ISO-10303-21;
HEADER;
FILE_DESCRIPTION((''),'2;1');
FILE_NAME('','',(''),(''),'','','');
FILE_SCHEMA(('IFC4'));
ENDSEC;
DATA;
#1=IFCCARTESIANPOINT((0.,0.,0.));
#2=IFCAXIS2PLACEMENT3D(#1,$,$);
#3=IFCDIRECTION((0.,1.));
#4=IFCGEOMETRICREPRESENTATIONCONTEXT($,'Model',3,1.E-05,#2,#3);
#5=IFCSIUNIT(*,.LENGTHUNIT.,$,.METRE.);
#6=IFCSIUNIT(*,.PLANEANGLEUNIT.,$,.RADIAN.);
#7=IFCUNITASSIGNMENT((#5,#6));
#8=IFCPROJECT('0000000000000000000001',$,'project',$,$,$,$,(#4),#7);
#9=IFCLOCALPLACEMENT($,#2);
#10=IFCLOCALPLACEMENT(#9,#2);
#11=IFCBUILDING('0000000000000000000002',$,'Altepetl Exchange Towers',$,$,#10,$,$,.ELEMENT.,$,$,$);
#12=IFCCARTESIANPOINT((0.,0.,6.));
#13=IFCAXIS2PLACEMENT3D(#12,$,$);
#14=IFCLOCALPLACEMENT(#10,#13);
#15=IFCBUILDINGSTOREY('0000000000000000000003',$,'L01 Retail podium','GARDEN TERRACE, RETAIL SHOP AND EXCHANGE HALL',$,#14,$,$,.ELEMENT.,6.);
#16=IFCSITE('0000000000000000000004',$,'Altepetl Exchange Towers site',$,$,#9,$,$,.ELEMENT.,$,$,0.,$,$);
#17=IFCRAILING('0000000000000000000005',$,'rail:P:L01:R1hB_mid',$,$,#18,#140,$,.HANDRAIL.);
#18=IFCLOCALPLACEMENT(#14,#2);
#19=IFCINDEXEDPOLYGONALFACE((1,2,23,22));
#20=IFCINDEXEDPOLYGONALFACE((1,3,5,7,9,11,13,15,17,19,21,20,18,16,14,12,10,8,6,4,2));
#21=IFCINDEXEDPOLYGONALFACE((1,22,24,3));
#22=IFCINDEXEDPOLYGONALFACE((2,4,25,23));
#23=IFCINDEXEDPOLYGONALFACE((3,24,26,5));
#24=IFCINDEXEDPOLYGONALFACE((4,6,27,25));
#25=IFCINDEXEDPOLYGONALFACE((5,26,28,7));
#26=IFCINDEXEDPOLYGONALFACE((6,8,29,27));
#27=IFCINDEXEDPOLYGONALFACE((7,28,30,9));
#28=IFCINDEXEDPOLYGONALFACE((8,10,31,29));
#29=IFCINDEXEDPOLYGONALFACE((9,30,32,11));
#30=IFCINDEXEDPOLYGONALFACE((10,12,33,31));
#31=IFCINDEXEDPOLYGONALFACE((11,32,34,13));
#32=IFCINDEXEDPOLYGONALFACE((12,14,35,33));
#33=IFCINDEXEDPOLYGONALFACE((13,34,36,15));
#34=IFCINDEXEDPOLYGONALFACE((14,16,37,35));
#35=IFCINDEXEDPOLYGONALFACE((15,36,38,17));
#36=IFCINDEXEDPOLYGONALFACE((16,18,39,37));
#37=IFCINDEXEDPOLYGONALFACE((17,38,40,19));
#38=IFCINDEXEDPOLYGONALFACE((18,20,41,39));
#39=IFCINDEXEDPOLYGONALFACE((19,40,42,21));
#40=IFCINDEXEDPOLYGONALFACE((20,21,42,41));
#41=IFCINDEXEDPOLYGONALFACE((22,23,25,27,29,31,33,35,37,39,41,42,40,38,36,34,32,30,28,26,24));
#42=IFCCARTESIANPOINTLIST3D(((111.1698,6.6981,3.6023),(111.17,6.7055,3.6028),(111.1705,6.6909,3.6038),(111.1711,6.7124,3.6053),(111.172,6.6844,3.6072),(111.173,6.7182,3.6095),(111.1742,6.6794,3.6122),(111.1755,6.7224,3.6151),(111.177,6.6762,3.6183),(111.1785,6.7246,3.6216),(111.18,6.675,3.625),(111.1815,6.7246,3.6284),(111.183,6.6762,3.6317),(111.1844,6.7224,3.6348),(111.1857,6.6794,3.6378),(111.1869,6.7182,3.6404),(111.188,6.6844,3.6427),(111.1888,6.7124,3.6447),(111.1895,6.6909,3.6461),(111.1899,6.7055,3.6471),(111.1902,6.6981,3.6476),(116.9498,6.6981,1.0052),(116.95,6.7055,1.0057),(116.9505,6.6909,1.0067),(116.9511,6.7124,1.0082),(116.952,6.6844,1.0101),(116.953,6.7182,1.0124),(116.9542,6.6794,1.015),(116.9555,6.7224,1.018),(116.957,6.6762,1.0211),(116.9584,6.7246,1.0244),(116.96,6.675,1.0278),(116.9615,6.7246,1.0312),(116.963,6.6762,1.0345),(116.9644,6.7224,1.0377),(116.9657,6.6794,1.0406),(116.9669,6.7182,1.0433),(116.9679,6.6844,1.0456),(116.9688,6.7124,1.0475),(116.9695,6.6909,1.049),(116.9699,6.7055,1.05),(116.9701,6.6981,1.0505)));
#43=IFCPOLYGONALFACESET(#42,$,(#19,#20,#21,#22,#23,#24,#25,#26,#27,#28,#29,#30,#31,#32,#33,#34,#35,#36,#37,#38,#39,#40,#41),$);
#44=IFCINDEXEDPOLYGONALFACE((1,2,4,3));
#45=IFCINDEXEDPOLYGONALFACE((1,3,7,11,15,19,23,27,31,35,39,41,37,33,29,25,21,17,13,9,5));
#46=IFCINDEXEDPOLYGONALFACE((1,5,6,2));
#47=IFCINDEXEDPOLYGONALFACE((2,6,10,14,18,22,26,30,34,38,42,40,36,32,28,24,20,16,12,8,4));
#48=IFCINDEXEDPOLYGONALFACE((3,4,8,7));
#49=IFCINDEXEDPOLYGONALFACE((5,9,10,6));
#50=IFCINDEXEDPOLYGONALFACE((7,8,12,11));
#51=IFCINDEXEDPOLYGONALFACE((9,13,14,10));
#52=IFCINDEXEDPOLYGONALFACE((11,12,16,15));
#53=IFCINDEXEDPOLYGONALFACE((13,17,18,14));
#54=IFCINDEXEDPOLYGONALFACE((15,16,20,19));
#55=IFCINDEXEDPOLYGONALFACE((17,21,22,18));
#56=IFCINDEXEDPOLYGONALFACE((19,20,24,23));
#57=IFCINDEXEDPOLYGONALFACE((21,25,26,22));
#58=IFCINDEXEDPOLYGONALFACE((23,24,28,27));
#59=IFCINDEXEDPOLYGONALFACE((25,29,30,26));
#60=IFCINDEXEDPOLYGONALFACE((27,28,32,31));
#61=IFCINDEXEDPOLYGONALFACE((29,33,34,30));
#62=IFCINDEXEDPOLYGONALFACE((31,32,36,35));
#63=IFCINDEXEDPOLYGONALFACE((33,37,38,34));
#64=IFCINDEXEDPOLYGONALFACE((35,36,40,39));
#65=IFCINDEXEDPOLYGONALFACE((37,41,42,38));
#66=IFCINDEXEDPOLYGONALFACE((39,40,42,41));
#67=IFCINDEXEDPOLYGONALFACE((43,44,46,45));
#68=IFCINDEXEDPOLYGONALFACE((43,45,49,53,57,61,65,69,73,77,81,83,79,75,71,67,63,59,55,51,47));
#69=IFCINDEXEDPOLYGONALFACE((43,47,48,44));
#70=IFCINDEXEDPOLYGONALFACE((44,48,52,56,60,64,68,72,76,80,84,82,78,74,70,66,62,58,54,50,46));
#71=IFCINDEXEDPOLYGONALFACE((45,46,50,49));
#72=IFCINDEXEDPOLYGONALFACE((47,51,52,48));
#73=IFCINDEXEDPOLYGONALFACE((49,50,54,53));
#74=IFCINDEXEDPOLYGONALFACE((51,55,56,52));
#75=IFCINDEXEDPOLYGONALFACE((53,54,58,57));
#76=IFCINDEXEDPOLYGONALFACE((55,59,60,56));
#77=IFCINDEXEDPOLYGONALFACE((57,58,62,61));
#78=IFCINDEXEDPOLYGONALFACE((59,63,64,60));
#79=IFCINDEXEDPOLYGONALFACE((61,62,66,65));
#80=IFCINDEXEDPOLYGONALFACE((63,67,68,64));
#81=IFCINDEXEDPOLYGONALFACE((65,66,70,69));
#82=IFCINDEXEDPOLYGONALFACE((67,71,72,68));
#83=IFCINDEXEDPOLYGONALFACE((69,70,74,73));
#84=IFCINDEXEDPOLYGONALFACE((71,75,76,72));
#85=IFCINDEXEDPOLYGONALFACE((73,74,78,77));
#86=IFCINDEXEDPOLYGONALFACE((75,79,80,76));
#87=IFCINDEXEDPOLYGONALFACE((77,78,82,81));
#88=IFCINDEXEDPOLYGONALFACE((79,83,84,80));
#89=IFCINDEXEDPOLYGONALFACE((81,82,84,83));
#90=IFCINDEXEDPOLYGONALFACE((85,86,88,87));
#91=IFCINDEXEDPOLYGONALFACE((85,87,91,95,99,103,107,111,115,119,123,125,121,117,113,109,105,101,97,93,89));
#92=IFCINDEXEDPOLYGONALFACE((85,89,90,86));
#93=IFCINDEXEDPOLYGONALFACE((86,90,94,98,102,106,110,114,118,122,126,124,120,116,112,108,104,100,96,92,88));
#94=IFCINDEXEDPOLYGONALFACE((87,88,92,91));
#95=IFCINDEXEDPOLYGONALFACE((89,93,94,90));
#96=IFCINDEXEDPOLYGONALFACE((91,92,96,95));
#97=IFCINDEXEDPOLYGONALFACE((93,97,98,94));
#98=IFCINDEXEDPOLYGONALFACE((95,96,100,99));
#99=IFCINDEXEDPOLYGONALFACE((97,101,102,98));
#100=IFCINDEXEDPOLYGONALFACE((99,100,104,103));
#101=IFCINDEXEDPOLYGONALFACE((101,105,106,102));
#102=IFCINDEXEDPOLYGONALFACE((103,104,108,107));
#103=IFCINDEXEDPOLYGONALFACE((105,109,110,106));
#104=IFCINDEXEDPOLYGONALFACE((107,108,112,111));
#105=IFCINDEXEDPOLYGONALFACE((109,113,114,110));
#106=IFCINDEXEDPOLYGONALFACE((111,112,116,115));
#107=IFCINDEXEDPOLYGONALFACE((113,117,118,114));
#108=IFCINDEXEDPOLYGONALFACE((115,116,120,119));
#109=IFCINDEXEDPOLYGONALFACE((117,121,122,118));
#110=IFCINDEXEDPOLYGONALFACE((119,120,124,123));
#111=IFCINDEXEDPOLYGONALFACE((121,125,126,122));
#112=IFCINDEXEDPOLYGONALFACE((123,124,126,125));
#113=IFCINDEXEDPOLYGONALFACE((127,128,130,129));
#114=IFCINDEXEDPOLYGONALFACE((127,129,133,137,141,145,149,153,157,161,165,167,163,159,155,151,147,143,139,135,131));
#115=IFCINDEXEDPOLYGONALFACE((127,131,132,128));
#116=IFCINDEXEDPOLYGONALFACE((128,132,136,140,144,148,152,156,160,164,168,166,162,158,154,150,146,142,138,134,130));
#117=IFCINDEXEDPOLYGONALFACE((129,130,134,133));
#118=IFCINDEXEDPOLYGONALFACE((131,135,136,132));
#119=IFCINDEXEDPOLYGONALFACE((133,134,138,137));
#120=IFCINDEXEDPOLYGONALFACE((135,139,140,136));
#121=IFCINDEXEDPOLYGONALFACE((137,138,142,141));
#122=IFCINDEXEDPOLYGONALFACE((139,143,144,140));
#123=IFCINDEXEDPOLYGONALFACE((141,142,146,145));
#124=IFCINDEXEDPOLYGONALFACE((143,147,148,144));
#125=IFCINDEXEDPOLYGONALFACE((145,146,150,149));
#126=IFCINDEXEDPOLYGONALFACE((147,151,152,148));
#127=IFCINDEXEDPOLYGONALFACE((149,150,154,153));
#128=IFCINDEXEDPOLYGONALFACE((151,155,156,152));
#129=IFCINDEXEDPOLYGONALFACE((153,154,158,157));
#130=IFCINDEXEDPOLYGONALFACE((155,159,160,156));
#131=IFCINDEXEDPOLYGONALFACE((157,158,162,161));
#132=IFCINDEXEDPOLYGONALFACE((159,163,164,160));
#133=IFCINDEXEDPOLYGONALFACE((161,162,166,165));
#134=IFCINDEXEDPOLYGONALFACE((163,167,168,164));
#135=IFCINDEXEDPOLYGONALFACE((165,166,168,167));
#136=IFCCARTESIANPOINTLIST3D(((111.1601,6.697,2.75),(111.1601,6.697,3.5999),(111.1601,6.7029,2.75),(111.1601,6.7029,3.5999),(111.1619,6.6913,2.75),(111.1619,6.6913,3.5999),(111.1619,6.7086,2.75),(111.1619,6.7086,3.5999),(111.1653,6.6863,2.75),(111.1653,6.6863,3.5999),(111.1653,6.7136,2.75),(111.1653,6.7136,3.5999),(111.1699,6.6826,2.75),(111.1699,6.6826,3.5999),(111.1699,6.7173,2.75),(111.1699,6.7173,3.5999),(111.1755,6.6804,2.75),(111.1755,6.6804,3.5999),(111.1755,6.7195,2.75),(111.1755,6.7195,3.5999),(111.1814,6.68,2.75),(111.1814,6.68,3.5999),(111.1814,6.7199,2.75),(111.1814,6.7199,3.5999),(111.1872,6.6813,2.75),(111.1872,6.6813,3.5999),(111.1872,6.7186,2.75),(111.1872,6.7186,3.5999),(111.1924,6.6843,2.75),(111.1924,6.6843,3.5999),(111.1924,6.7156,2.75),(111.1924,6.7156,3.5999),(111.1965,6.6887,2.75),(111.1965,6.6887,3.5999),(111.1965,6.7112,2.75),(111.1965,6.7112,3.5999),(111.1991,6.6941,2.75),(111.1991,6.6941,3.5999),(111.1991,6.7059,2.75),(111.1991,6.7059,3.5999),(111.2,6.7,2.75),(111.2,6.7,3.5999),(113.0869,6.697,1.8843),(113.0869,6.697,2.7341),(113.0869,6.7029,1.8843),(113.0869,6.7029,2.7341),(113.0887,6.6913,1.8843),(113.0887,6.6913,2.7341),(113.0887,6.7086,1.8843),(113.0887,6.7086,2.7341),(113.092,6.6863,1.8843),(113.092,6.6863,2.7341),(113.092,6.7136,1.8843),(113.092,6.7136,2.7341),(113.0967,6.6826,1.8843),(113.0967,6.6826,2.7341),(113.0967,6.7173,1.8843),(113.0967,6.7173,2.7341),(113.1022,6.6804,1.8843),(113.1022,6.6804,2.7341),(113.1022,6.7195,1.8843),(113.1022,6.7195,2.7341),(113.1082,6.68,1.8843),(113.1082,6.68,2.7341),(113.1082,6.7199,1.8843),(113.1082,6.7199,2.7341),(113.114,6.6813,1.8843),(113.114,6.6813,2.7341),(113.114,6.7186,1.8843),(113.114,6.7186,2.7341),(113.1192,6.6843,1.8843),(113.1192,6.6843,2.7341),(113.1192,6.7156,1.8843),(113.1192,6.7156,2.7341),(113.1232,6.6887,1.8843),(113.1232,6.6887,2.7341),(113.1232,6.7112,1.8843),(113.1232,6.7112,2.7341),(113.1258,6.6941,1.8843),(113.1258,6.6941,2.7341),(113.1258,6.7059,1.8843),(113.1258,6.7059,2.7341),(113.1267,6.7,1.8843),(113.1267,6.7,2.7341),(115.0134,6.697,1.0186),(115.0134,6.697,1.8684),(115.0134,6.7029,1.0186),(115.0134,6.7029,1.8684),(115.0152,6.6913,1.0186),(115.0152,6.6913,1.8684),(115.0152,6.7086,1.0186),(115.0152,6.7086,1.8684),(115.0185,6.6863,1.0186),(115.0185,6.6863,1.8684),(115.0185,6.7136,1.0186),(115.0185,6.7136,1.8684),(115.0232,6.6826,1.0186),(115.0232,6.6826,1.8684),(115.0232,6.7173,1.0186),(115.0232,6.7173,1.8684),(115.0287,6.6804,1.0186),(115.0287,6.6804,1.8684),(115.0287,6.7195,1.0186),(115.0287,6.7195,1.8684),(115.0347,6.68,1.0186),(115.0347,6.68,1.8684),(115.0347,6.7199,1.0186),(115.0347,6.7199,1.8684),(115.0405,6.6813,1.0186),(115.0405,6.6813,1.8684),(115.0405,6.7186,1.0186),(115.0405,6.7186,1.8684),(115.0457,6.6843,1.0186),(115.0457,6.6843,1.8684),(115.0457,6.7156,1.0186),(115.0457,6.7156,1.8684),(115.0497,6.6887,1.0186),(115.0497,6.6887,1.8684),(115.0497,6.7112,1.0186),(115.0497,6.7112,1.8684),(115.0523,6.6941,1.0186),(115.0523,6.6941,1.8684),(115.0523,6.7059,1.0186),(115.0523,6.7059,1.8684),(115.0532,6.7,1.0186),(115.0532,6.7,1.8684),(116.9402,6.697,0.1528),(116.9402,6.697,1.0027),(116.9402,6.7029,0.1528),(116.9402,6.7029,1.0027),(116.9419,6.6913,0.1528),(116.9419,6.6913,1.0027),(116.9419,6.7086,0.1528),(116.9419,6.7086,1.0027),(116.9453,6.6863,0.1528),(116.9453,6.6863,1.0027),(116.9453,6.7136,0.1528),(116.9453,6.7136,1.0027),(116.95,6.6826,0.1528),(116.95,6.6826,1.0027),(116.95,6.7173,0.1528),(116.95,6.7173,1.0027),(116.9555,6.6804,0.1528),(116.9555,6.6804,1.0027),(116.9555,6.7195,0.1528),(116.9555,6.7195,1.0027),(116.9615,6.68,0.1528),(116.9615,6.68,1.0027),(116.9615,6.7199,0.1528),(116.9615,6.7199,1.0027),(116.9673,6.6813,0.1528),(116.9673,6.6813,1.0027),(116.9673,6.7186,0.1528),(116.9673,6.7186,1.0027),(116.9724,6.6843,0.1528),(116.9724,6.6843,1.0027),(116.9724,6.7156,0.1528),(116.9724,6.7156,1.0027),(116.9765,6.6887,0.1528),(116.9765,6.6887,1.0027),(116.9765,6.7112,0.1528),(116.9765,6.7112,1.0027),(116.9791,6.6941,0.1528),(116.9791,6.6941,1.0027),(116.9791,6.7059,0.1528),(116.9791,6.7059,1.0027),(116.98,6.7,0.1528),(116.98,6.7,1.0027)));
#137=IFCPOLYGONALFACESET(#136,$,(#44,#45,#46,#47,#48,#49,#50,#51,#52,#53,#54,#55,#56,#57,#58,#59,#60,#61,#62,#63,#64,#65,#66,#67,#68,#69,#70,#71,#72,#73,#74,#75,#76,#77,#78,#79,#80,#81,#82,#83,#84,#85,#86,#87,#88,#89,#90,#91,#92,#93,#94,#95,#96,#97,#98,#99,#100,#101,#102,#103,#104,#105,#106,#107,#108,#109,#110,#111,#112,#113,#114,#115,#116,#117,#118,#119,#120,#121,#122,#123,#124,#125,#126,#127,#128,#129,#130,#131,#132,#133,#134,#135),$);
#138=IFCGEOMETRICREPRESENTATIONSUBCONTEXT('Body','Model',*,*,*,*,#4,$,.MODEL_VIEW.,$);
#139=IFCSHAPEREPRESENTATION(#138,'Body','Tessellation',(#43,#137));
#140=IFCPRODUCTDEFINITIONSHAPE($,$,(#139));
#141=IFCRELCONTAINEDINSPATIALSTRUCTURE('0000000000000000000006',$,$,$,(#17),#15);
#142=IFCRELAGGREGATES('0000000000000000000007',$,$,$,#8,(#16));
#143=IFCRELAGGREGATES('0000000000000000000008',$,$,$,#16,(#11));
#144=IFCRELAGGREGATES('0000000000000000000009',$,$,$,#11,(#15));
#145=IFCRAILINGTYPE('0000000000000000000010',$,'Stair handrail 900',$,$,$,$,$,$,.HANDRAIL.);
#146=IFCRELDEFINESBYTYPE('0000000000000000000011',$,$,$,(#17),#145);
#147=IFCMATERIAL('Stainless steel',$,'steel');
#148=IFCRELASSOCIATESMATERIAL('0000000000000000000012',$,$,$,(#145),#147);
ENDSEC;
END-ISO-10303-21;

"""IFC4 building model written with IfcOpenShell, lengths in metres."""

from ifc_helpers import new_model, si_unit, direction, frame, origin, origin_2d, place, context, subcontext, project, spatial, circle, extrude, source, transform, mapped, material, type_object, element, save


model = new_model("IFC4")

# Units and contexts
model_context = context("Model", 3, precision=1e-05, world=origin(), true_north=direction((0.0, 1.0)))
body_context = subcontext(model_context, "Body", "Model", "MODEL_VIEW")
ifc_project = project(units=[si_unit("LENGTHUNIT", "METRE"), si_unit("PLANEANGLEUNIT", "RADIAN")], contexts=[model_context])

# Site, building, storey
site_placement = place(None, origin())
site = spatial("IfcSite", under=ifc_project, at=site_placement, Name="Altepetl Exchange Towers site", CompositionType="ELEMENT", RefElevation=0.0)
building_placement = place(site_placement, origin())
building = spatial("IfcBuilding", under=site, at=building_placement, Name="Altepetl Exchange Towers", CompositionType="ELEMENT")
storey_placement = place(building_placement, frame((0.0, 0.0, 6.0)))
storey = spatial("IfcBuildingStorey", under=building, at=storey_placement, Name="L01 Retail podium", Description="GARDEN TERRACE, RETAIL SHOP AND EXCHANGE HALL", CompositionType="ELEMENT", Elevation=6.0)

# Railing
ifc_material_1 = material(Name="Stainless steel", Category="steel")
railing_type_1 = type_object("IfcRailingType", Name="Stair handrail 900", PredefinedType="HANDRAIL", material=ifc_material_1)
shared_shape_1 = source(origin(), body_context, "Body", "SweptSolid", [
    extrude(circle(Radius=0.02, at=origin_2d()), origin(), (0.0, 0.0, 1.0), 0.8499),
])
for number, where, name in (
    (1, (116.96, 6.7, 0.1528), "rail:P:L01:R1hB_mid"),
):
    element("IfcRailing", number, at=place(storey_placement, frame(where)), inside=storey, type_object=railing_type_1, Name=name, PredefinedType="HANDRAIL", context=body_context, shape_type="SweptSolid", body=[
        extrude(circle(Radius=0.0249, at=origin_2d()), frame((0.0, 0.0, 0.875), z_axis=(-0.912148, 0.0, 0.40986), x_axis=(0.0, -1.0, 0.0)), (0.0, 0.0, 1.0), 6.3367),
        mapped(shared_shape_1, transform((0.0, 0.0, 0.0))),
        mapped(shared_shape_1, transform((-1.9268, 0.0, 0.8657))),
        mapped(shared_shape_1, transform((-3.8533, 0.0, 1.7314))),
        mapped(shared_shape_1, transform((-5.78, 0.0, 2.5972))),
    ])

save(model, "model.ifc")
